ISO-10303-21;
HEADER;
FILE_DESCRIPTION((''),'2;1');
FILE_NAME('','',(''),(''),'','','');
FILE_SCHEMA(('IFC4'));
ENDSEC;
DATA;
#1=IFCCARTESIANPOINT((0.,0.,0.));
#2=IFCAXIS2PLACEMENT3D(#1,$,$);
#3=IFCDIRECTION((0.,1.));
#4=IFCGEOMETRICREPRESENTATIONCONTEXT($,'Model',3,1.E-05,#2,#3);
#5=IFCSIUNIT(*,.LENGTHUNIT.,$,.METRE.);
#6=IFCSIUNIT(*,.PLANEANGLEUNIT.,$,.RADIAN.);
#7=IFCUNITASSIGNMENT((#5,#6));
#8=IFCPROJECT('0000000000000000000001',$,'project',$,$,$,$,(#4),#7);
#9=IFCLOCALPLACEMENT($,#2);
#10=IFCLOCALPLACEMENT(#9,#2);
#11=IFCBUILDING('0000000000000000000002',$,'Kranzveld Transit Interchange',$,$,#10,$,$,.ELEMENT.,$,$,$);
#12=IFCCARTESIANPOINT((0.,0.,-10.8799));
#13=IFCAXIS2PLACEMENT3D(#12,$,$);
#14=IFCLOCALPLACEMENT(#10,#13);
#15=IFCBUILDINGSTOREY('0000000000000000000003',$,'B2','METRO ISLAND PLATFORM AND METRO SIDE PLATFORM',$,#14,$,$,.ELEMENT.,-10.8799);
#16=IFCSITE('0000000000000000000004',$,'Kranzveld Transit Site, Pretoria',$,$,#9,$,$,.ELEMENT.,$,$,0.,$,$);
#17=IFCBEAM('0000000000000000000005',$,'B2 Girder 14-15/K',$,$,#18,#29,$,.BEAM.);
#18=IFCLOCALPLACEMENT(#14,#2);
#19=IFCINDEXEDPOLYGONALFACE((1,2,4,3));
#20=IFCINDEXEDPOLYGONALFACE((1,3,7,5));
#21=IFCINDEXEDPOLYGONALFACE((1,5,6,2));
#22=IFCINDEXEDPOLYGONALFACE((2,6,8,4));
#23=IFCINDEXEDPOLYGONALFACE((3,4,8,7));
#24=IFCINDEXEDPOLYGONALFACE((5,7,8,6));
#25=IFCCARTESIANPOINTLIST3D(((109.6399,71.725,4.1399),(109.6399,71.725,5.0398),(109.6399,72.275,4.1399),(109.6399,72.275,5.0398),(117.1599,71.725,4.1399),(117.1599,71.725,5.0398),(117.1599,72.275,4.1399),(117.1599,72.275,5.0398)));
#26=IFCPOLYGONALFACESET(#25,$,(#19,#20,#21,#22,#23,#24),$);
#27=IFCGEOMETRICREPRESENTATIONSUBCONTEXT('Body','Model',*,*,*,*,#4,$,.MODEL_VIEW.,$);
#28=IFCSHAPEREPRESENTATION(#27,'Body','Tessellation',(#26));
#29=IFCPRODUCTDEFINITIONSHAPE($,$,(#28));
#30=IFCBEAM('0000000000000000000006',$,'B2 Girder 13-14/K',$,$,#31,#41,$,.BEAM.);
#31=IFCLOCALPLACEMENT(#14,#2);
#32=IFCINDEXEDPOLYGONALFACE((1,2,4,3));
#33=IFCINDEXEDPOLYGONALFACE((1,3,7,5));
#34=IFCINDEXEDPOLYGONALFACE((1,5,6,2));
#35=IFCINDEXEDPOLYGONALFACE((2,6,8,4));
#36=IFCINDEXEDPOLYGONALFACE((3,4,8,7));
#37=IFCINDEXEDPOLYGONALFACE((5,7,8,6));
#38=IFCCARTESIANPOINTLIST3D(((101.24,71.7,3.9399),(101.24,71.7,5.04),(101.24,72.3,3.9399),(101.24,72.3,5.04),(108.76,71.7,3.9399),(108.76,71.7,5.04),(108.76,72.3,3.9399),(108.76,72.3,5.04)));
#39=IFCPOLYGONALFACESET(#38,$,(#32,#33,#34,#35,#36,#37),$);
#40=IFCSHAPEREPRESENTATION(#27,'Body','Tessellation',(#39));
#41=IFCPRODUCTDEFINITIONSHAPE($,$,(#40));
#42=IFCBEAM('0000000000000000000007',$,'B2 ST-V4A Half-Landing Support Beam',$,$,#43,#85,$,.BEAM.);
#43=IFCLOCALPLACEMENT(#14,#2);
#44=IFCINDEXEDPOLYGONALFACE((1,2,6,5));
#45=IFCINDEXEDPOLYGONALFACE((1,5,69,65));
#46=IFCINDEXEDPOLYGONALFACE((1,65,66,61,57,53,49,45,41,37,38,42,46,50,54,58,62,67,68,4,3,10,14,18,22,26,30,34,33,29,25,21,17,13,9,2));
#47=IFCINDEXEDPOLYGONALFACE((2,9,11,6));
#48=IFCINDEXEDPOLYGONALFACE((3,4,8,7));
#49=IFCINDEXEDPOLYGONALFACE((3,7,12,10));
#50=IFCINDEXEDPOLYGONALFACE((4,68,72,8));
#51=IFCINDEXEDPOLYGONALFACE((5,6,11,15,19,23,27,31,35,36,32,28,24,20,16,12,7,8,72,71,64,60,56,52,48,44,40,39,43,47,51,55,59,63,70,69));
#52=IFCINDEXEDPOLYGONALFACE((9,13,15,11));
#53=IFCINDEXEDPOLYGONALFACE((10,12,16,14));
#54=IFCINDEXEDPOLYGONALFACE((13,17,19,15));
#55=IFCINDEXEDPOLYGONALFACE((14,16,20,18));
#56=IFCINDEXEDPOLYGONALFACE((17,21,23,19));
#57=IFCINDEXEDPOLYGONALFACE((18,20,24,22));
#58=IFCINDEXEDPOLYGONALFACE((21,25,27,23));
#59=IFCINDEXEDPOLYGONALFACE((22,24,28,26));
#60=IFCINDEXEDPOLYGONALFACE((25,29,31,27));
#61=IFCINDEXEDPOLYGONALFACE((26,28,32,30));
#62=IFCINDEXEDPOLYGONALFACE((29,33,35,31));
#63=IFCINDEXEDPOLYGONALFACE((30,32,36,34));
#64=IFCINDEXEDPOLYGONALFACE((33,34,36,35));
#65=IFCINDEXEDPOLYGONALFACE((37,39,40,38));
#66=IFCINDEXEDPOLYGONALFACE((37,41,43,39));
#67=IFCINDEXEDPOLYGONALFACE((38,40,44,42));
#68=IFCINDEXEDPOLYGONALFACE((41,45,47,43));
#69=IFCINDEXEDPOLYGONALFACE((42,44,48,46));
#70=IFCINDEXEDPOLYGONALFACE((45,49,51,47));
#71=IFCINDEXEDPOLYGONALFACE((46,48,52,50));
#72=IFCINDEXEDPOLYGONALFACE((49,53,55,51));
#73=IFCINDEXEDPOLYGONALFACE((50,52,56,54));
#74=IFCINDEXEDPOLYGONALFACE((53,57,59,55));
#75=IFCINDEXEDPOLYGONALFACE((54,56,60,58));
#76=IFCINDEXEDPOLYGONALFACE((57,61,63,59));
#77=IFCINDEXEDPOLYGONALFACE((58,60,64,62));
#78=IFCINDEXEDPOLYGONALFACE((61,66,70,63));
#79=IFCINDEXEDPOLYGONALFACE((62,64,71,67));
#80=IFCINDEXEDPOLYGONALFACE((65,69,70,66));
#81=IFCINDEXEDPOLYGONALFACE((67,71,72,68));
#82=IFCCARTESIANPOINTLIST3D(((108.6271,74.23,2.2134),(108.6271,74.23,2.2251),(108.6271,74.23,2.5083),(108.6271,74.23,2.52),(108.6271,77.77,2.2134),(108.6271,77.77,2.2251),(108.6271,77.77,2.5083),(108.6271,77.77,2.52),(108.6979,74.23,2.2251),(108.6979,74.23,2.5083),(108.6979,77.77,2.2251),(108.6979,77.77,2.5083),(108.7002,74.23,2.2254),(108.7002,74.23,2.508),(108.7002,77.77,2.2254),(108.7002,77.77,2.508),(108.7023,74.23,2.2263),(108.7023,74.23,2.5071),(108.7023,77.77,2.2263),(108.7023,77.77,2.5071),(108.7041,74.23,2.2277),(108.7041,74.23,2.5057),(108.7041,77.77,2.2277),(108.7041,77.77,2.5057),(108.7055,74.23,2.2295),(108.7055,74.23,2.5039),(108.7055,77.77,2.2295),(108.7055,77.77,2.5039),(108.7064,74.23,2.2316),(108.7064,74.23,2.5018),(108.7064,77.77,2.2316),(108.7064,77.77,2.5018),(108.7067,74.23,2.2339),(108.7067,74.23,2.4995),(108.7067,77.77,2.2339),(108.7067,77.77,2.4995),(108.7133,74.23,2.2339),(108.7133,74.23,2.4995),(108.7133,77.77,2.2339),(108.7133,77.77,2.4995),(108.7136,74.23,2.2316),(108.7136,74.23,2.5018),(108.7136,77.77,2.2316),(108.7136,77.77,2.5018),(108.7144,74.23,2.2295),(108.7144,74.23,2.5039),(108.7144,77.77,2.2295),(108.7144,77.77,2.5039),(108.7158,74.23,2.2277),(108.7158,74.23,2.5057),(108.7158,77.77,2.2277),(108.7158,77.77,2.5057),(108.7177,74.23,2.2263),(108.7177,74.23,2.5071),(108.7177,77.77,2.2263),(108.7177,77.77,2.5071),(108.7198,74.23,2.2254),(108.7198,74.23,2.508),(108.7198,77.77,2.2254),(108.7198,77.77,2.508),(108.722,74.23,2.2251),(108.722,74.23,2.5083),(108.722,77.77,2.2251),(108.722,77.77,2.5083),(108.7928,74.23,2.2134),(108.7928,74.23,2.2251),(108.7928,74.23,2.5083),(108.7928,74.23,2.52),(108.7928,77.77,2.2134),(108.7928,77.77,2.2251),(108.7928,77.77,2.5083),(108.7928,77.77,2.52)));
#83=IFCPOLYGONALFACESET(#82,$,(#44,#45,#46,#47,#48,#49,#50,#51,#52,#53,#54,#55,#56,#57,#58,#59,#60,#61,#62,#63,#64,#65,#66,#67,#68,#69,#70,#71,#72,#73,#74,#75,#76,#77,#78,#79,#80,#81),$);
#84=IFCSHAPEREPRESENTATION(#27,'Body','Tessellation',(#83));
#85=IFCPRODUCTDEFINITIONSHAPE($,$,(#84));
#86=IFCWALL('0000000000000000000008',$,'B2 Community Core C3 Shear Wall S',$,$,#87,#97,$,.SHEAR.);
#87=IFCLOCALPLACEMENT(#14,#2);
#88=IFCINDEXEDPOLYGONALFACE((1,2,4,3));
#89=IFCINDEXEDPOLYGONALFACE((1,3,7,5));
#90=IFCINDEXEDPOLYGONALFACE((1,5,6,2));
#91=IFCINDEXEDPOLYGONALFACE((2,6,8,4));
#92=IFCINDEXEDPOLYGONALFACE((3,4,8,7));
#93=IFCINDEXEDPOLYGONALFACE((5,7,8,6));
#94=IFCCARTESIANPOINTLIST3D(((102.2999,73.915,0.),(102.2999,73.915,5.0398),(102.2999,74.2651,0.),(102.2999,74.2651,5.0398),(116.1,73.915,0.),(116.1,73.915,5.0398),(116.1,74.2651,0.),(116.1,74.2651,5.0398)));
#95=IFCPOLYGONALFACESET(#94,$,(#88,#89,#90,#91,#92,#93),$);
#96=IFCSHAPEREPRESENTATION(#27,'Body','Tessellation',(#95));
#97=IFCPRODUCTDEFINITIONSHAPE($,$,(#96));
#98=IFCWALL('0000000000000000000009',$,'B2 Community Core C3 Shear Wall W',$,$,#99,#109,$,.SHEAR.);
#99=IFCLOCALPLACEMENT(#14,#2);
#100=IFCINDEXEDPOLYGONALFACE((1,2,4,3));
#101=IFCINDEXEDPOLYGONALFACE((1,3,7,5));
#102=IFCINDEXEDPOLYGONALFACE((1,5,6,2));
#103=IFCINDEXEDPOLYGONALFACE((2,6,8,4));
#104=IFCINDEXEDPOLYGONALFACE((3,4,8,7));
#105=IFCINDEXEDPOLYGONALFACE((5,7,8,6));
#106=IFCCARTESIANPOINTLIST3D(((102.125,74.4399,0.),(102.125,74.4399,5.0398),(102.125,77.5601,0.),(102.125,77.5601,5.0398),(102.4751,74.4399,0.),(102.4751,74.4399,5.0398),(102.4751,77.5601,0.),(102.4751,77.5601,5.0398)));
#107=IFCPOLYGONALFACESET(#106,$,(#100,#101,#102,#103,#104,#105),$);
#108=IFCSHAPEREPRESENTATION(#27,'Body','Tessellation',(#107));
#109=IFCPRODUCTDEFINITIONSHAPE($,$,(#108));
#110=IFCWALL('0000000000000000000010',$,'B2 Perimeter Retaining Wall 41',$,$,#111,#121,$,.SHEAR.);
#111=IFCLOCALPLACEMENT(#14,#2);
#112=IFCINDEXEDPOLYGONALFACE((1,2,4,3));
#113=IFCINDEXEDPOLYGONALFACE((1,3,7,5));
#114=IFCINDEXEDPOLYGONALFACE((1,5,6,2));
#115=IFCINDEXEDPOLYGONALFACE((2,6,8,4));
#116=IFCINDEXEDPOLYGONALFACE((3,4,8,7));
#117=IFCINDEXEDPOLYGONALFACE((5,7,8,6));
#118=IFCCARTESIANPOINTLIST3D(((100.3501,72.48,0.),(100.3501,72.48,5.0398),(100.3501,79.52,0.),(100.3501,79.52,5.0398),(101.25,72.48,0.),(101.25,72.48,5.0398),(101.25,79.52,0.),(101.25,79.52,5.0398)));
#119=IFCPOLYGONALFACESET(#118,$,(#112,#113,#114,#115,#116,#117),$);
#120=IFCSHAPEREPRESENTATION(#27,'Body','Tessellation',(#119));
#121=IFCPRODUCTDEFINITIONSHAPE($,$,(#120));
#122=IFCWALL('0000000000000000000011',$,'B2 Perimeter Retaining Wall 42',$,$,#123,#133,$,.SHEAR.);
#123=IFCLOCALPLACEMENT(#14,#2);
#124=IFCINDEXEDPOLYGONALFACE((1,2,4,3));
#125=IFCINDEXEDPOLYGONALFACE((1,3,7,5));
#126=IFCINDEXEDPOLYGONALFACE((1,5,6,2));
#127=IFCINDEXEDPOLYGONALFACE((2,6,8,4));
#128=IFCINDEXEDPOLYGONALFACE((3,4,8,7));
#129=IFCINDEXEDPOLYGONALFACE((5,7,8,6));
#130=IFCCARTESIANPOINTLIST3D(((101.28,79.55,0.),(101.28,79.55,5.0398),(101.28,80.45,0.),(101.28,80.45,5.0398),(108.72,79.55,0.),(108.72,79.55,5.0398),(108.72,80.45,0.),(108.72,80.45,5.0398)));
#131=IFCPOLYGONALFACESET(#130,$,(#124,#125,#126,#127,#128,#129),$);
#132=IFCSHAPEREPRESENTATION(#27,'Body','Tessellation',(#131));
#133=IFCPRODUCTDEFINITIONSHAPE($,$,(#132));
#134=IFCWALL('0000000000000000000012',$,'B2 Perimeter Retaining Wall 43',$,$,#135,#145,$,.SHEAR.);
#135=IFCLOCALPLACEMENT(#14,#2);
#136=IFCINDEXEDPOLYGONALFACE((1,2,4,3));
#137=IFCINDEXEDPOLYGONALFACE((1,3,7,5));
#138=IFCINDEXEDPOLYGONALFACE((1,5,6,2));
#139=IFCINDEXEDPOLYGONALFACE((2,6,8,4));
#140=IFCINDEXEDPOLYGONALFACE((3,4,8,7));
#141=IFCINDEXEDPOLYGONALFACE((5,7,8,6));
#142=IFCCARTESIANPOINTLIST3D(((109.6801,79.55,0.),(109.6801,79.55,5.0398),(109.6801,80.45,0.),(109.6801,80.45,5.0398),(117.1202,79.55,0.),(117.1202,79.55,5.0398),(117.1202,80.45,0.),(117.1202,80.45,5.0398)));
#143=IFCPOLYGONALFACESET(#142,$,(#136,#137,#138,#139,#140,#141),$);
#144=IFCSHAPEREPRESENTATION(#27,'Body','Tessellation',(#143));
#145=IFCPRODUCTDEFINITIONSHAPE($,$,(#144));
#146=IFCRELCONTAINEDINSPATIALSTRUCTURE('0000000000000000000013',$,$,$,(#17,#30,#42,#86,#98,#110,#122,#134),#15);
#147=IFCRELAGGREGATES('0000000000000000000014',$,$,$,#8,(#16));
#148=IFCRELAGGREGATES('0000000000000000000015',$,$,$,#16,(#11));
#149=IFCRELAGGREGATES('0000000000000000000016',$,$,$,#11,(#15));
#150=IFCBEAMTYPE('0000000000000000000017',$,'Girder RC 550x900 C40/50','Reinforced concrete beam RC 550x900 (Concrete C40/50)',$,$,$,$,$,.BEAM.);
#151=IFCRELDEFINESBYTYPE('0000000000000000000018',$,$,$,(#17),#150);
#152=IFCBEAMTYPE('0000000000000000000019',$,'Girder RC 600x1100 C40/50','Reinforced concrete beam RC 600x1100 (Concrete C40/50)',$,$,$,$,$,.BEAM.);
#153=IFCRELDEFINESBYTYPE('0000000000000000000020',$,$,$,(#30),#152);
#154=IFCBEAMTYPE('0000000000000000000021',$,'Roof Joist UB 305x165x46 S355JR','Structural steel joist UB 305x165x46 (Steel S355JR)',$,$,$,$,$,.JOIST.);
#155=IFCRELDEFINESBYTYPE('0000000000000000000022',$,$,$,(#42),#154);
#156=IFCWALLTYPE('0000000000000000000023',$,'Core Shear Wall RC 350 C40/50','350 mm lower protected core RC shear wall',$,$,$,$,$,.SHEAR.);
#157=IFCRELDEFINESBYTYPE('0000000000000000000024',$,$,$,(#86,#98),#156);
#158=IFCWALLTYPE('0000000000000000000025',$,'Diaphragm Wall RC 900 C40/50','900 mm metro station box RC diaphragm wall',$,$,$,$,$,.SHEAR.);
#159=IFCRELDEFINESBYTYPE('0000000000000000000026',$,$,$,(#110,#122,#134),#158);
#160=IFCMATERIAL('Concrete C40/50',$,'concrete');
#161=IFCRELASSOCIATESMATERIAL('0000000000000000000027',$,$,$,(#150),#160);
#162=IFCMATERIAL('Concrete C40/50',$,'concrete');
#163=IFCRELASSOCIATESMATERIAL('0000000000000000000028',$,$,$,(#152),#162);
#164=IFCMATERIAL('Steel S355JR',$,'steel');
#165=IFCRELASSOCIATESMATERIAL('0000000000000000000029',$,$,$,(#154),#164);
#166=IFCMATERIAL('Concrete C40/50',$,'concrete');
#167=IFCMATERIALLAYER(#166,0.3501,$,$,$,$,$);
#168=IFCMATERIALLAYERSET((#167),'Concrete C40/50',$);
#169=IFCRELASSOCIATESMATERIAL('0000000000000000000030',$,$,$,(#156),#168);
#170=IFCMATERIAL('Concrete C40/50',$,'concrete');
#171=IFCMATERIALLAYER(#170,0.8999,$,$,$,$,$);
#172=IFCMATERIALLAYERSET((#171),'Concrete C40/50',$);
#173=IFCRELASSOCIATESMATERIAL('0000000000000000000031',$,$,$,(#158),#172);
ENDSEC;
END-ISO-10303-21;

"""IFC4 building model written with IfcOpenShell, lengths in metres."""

from ifc_helpers import new_model, si_unit, direction, frame, frame_2d, origin, origin_2d, place, context, subcontext, project, spatial, rectangle, i_section, extrude, material, layer, layer_set, material_profile, profile_set, type_object, element, save


model = new_model("IFC4")

# Units and contexts
model_context = context("Model", 3, precision=1e-05, world=origin(), true_north=direction((0.0, 1.0)))
body_context = subcontext(model_context, "Body", "Model", "MODEL_VIEW")
ifc_project = project(units=[si_unit("LENGTHUNIT", "METRE"), si_unit("PLANEANGLEUNIT", "RADIAN")], contexts=[model_context])

# Site, building, storey
site_placement = place(None, origin())
site = spatial("IfcSite", under=ifc_project, at=site_placement, Name="Kranzveld Transit Site, Pretoria", CompositionType="ELEMENT", RefElevation=0.0)
building_placement = place(site_placement, origin())
building = spatial("IfcBuilding", under=site, at=building_placement, Name="Kranzveld Transit Interchange", CompositionType="ELEMENT")
storey_placement = place(building_placement, frame((0.0, 0.0, -10.8799)))
storey = spatial("IfcBuildingStorey", under=building, at=storey_placement, Name="B2", Description="METRO ISLAND PLATFORM AND METRO SIDE PLATFORM", CompositionType="ELEMENT", Elevation=-10.8799)

# Beams
ifc_material_1 = material(Name="Concrete C40/50", Category="concrete")
ifc_material_profile_1 = material_profile(ifc_material_1, rectangle(XDim=0.55, YDim=0.8999, at=origin_2d()), Name="RC 550x900")
ifc_profile_set_1 = profile_set([ifc_material_profile_1], Name="Concrete C40/50")
beam_type_1 = type_object("IfcBeamType", Name="Girder RC 550x900 C40/50", Description="Reinforced concrete beam RC 550x900 (Concrete C40/50)", PredefinedType="BEAM", material=ifc_profile_set_1)
beam_1_placement = place(storey_placement, frame((109.6399, 72.0, 4.5898), z_axis=(1.0, 0.0, 0.0), x_axis=(0.0, 1.0, 0.0)))
element("IfcBeam", 1, at=beam_1_placement, inside=storey, type_object=beam_type_1, Name="B2 Girder 14-15/K", PredefinedType="BEAM", context=body_context, shape_type="SweptSolid", body=[
    extrude(rectangle(XDim=0.55, YDim=0.8999, at=origin_2d()), origin(), (0.0, 0.0, 1.0), 7.52),
])
ifc_material_2 = material(Name="Concrete C40/50", Category="concrete")
ifc_material_profile_2 = material_profile(ifc_material_2, rectangle(XDim=0.6001, YDim=1.1001, at=origin_2d()), Name="RC 600x1100")
ifc_profile_set_2 = profile_set([ifc_material_profile_2], Name="Concrete C40/50")
beam_type_2 = type_object("IfcBeamType", Name="Girder RC 600x1100 C40/50", Description="Reinforced concrete beam RC 600x1100 (Concrete C40/50)", PredefinedType="BEAM", material=ifc_profile_set_2)
beam_2_placement = place(storey_placement, frame((101.24, 72.0, 4.49), z_axis=(1.0, 0.0, 0.0), x_axis=(0.0, 1.0, 0.0)))
element("IfcBeam", 2, at=beam_2_placement, inside=storey, type_object=beam_type_2, Name="B2 Girder 13-14/K", PredefinedType="BEAM", context=body_context, shape_type="SweptSolid", body=[
    extrude(rectangle(XDim=0.6001, YDim=1.1001, at=origin_2d()), origin(), (0.0, 0.0, 1.0), 7.52),
])
ifc_material_3 = material(Name="Steel S355JR", Category="steel")
ifc_material_profile_3 = material_profile(ifc_material_3, i_section(OverallWidth=0.1658, OverallDepth=0.3066, WebThickness=0.0066, FlangeThickness=0.0117, FilletRadius=0.0088, at=origin_2d()), Name="UB 305x165x46")
ifc_profile_set_3 = profile_set([ifc_material_profile_3], Name="Steel S355JR")
beam_type_3 = type_object("IfcBeamType", Name="Roof Joist UB 305x165x46 S355JR", Description="Structural steel joist UB 305x165x46 (Steel S355JR)", PredefinedType="JOIST", material=ifc_profile_set_3)
beam_3_placement = place(storey_placement, frame((108.71, 74.23, 2.3667), z_axis=(0.0, 1.0, 0.0), x_axis=(-1.0, 0.0, 0.0)))
element("IfcBeam", 3, at=beam_3_placement, inside=storey, type_object=beam_type_3, Name="B2 ST-V4A Half-Landing Support Beam", PredefinedType="BEAM", context=body_context, shape_type="SweptSolid", body=[
    extrude(i_section(OverallWidth=0.1658, OverallDepth=0.3066, WebThickness=0.0066, FlangeThickness=0.0117, FilletRadius=0.0088, at=origin_2d()), origin(), (0.0, 0.0, 1.0), 3.54),
])

# Wall
ifc_material_4 = material(Name="Concrete C40/50", Category="concrete")
ifc_layer_1 = layer(ifc_material_4, 0.3501)
ifc_layer_set_1 = layer_set([ifc_layer_1], Name="Concrete C40/50")
wall_type_1 = type_object("IfcWallType", Name="Core Shear Wall RC 350 C40/50", Description="350 mm lower protected core RC shear wall", PredefinedType="SHEAR", material=ifc_layer_set_1)
wall_1_placement = place(storey_placement, frame((102.3, 74.0901, 0.0), z_axis=(0.0, 0.0, 1.0), x_axis=(1.0, 0.0, 0.0)))
element("IfcWall", 4, at=wall_1_placement, inside=storey, type_object=wall_type_1, Name="B2 Community Core C3 Shear Wall S", PredefinedType="SHEAR", context=body_context, shape_type="SweptSolid", body=[
    extrude(rectangle(XDim=13.8, YDim=0.3501, at=frame_2d((6.8999, 0.0))), origin(), (0.0, 0.0, 1.0), 5.0398),
])

# Walls
wall_2_placement = place(storey_placement, frame((102.3, 74.4399, 0.0), z_axis=(0.0, 0.0, 1.0), x_axis=(0.0, 1.0, 0.0)))
element("IfcWall", 5, at=wall_2_placement, inside=storey, type_object=wall_type_1, Name="B2 Community Core C3 Shear Wall W", PredefinedType="SHEAR", context=body_context, shape_type="SweptSolid", body=[
    extrude(rectangle(XDim=3.1201, YDim=0.3501, at=frame_2d((1.5601, 0.0))), origin(), (0.0, 0.0, 1.0), 5.0398),
])
ifc_material_5 = material(Name="Concrete C40/50", Category="concrete")
ifc_layer_2 = layer(ifc_material_5, 0.8999)
ifc_layer_set_2 = layer_set([ifc_layer_2], Name="Concrete C40/50")
wall_type_2 = type_object("IfcWallType", Name="Diaphragm Wall RC 900 C40/50", Description="900 mm metro station box RC diaphragm wall", PredefinedType="SHEAR", material=ifc_layer_set_2)
wall_3_placement = place(storey_placement, frame((100.8, 72.48, 0.0), z_axis=(0.0, 0.0, 1.0), x_axis=(0.0, 1.0, 0.0)))
element("IfcWall", 6, at=wall_3_placement, inside=storey, type_object=wall_type_2, Name="B2 Perimeter Retaining Wall 41", PredefinedType="SHEAR", context=body_context, shape_type="SweptSolid", body=[
    extrude(rectangle(XDim=7.04, YDim=0.8999, at=frame_2d((3.52, 0.0))), origin(), (0.0, 0.0, 1.0), 5.0398),
])
wall_4_placement = place(storey_placement, frame((101.28, 80.0, 0.0), z_axis=(0.0, 0.0, 1.0), x_axis=(1.0, 0.0, 0.0)))
element("IfcWall", 7, at=wall_4_placement, inside=storey, type_object=wall_type_2, Name="B2 Perimeter Retaining Wall 42", PredefinedType="SHEAR", context=body_context, shape_type="SweptSolid", body=[
    extrude(rectangle(XDim=7.4399, YDim=0.8999, at=frame_2d((3.72, 0.0))), origin(), (0.0, 0.0, 1.0), 5.0398),
])
wall_5_placement = place(storey_placement, frame((109.6799, 80.0, 0.0), z_axis=(0.0, 0.0, 1.0), x_axis=(1.0, 0.0, 0.0)))
element("IfcWall", 8, at=wall_5_placement, inside=storey, type_object=wall_type_2, Name="B2 Perimeter Retaining Wall 43", PredefinedType="SHEAR", context=body_context, shape_type="SweptSolid", body=[
    extrude(rectangle(XDim=7.4402, YDim=0.8999, at=frame_2d((3.7202, 0.0))), origin(), (0.0, 0.0, 1.0), 5.0398),
])

save(model, "model.ifc")
